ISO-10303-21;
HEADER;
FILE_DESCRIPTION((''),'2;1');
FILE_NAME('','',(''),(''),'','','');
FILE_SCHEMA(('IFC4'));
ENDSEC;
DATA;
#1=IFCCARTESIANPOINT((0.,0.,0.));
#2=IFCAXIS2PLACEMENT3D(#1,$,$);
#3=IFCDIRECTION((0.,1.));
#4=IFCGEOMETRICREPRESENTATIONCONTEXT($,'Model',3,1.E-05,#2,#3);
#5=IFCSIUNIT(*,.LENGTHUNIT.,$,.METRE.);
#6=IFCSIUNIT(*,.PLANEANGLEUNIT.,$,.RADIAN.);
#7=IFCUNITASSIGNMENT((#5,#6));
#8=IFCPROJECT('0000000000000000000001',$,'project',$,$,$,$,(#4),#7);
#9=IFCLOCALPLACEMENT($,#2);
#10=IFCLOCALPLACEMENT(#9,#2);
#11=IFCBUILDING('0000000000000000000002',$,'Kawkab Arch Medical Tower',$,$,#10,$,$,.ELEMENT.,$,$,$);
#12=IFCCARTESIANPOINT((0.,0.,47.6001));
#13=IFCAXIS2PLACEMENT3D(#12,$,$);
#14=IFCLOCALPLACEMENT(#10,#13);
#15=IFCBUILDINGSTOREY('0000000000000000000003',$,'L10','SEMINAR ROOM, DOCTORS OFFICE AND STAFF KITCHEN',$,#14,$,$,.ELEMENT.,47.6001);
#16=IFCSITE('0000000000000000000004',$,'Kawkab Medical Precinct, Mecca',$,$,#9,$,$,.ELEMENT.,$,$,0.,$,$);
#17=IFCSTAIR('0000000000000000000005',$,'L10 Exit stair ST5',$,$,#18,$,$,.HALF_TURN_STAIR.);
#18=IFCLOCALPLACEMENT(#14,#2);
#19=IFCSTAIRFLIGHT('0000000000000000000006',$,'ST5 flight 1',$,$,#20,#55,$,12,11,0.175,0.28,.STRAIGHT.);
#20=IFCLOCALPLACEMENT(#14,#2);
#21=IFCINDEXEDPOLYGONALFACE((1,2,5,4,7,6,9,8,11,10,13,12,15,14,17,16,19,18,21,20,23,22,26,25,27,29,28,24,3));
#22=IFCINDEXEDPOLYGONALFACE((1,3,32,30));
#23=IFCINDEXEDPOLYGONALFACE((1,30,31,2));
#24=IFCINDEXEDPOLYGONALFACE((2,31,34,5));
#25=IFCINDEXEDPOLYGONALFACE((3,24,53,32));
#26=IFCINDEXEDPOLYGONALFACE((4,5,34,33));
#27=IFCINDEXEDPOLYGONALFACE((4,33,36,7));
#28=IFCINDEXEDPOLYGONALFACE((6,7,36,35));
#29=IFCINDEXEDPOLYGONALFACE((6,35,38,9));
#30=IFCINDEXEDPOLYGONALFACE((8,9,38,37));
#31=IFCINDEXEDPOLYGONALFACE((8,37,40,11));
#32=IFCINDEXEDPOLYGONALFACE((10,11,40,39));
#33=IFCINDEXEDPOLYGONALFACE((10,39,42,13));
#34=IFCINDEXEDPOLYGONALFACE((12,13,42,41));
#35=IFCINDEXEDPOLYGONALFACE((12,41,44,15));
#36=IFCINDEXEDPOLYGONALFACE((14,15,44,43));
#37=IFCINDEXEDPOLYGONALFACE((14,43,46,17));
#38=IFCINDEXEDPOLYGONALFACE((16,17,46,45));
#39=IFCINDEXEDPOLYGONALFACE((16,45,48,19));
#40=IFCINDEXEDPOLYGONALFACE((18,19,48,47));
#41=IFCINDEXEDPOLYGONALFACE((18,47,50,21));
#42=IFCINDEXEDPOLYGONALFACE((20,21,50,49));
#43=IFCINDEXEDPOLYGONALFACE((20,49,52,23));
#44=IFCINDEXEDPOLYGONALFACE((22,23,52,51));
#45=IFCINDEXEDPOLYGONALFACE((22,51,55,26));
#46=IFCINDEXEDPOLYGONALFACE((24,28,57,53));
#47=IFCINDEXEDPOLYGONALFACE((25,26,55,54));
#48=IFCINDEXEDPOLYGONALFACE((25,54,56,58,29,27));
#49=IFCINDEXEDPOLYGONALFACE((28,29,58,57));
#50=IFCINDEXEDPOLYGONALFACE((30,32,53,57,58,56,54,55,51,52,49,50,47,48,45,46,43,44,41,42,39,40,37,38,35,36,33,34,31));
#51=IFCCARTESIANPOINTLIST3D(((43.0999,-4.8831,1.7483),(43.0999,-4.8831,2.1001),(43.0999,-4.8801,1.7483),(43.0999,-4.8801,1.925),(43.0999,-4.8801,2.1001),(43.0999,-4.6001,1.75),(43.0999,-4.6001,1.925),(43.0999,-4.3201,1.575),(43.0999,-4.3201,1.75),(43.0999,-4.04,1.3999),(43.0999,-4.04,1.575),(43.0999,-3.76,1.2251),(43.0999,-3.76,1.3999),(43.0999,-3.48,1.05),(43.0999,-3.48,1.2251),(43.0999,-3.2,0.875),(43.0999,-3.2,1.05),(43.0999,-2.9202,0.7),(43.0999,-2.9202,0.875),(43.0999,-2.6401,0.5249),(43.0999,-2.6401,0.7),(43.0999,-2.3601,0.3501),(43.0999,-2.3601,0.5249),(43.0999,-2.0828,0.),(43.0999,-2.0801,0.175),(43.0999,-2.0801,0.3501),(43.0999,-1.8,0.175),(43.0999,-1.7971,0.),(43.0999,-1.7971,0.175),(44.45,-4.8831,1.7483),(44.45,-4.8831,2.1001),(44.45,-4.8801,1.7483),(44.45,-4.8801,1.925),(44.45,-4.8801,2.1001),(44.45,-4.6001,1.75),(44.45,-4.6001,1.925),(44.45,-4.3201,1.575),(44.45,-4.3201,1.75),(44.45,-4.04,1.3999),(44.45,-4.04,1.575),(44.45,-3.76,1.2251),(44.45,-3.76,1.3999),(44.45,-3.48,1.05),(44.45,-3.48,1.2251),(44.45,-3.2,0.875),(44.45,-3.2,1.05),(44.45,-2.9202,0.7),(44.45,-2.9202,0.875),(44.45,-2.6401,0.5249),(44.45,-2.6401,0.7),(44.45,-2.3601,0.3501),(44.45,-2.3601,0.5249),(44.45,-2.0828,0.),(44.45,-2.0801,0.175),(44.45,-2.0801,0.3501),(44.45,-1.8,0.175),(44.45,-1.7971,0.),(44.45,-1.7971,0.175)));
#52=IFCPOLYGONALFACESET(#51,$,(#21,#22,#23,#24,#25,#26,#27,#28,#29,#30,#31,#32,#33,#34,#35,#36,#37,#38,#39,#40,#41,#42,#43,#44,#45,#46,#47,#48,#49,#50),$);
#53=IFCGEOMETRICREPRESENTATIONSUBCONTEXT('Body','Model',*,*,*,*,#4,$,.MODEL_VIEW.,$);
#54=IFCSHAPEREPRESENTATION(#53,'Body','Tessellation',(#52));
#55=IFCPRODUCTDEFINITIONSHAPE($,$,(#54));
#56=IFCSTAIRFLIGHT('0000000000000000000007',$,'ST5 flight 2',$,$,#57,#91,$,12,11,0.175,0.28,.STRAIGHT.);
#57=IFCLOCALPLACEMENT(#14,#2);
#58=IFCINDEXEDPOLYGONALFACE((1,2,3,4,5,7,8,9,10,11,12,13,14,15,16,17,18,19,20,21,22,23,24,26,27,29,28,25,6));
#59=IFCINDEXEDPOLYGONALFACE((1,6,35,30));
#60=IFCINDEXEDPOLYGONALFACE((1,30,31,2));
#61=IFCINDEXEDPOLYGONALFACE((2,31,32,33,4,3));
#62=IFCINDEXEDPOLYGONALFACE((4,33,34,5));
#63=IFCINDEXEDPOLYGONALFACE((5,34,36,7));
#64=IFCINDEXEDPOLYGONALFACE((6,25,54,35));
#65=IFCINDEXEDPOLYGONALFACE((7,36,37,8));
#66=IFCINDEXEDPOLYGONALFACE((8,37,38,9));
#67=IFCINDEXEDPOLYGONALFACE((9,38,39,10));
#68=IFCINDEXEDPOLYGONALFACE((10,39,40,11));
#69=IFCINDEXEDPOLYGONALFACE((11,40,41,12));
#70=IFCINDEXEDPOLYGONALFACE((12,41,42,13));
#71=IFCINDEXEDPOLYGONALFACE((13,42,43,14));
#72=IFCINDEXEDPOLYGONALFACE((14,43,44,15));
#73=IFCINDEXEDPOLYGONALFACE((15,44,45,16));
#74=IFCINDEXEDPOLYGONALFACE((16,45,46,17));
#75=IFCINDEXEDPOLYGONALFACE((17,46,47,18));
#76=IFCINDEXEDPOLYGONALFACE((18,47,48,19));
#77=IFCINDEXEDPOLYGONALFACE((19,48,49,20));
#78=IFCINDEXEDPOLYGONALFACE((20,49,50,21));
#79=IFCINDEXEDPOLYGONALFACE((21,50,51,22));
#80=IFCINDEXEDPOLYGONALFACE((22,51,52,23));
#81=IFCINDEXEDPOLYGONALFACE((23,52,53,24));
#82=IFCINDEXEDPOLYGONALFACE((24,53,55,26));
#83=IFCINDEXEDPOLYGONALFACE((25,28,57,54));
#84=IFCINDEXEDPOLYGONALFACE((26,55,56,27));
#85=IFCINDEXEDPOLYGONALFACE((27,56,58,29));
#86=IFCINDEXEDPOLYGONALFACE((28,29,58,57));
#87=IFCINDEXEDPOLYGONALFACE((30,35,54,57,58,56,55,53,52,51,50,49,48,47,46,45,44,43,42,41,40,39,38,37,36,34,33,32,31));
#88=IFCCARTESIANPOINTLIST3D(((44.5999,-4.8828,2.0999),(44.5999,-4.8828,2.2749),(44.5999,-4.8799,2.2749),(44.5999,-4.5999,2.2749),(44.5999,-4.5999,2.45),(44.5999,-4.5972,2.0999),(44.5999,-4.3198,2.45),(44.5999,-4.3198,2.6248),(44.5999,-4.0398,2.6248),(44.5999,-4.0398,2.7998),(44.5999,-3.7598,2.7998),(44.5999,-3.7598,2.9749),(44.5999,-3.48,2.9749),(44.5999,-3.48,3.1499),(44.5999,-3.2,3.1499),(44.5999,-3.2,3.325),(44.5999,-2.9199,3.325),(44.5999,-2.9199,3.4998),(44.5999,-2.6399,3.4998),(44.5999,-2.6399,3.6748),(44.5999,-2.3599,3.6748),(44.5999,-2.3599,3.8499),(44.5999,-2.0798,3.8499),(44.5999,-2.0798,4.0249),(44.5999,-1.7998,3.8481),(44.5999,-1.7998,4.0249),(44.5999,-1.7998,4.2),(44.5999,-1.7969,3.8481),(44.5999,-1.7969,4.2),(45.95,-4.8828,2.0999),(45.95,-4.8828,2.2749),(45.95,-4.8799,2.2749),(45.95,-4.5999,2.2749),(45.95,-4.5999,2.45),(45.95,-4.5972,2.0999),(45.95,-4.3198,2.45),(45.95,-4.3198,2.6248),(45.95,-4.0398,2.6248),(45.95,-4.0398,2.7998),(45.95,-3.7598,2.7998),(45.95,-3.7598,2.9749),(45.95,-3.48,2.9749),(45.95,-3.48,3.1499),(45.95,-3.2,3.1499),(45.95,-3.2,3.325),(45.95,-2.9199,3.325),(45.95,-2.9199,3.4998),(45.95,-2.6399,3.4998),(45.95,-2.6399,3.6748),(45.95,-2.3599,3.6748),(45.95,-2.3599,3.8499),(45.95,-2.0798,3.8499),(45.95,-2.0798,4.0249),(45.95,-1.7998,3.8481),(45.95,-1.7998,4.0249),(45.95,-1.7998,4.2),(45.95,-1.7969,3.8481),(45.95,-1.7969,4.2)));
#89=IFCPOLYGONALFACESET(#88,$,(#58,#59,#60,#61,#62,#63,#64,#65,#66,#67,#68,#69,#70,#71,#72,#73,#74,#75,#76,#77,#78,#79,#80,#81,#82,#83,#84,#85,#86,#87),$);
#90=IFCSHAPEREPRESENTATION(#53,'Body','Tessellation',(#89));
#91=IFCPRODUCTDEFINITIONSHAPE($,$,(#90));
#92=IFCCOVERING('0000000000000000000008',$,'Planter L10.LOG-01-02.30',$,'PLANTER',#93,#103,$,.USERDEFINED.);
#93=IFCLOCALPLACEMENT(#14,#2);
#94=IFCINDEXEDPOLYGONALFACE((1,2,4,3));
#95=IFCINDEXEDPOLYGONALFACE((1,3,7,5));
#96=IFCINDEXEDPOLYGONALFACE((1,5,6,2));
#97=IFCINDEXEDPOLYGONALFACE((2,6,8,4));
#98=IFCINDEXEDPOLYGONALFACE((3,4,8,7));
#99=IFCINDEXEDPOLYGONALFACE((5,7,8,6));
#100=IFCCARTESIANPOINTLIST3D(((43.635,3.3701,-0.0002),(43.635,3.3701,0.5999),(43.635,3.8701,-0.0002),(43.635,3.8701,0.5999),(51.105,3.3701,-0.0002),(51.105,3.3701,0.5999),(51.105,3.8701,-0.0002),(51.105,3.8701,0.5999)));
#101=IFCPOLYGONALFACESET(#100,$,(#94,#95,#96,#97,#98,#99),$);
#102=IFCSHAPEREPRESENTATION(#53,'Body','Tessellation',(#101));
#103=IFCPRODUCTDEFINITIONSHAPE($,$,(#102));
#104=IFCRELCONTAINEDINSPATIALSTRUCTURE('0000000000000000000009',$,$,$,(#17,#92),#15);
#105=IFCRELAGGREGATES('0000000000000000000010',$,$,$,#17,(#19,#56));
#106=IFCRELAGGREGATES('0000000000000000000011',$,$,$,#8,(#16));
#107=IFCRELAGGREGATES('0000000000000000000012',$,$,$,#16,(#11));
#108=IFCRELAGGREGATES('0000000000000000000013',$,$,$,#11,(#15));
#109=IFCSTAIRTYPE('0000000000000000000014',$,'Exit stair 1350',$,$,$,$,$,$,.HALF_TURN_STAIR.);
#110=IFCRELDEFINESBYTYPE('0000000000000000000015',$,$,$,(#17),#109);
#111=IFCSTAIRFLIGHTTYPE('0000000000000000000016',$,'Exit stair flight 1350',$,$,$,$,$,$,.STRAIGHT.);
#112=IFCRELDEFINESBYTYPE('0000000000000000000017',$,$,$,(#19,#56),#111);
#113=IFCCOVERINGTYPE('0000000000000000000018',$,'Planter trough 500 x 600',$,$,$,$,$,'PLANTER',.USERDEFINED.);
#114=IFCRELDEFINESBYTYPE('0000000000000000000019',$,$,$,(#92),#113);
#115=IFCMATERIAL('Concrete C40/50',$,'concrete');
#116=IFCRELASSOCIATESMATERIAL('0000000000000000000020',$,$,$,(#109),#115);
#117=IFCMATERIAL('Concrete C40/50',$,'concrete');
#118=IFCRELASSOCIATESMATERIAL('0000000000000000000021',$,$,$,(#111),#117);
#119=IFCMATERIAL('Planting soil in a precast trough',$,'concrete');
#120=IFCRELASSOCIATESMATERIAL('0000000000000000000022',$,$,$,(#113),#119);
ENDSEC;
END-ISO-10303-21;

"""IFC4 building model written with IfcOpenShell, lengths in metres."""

from ifc_helpers import new_model, si_unit, direction, frame, origin, origin_2d, place, context, subcontext, project, spatial, polyline, rectangle, outline, extrude, material, material_profile, profile_set, type_object, element, aggregate, save


model = new_model("IFC4")

# Units and contexts
model_context = context("Model", 3, precision=1e-05, world=origin(), true_north=direction((0.0, 1.0)))
body_context = subcontext(model_context, "Body", "Model", "MODEL_VIEW")
ifc_project = project(units=[si_unit("LENGTHUNIT", "METRE"), si_unit("PLANEANGLEUNIT", "RADIAN")], contexts=[model_context])

# Site, building, storey
site_placement = place(None, origin())
site = spatial("IfcSite", under=ifc_project, at=site_placement, Name="Kawkab Medical Precinct, Mecca", CompositionType="ELEMENT", RefElevation=0.0)
building_placement = place(site_placement, origin())
building = spatial("IfcBuilding", under=site, at=building_placement, Name="Kawkab Arch Medical Tower", CompositionType="ELEMENT")
storey_placement = place(building_placement, frame((0.0, 0.0, 47.6001)))
storey = spatial("IfcBuildingStorey", under=building, at=storey_placement, Name="L10", Description="SEMINAR ROOM, DOCTORS OFFICE AND STAFF KITCHEN", CompositionType="ELEMENT", Elevation=47.6001)

# Shared definitions
placement = place(storey_placement, origin())

# Stair, stair flights
ifc_material_1 = material(Name="Concrete C40/50", Category="concrete")
stair_type = type_object("IfcStairType", Name="Exit stair 1350", PredefinedType="HALF_TURN_STAIR", material=ifc_material_1)
stair = element("IfcStair", 1, at=placement, inside=storey, type_object=stair_type, Name="L10 Exit stair ST5", PredefinedType="HALF_TURN_STAIR")
ifc_material_2 = material(Name="Concrete C40/50", Category="concrete")
stair_flight_type = type_object("IfcStairFlightType", Name="Exit stair flight 1350", PredefinedType="STRAIGHT", material=ifc_material_2)
stair_flight_1_placement = place(storey_placement, frame((43.7749, -1.8, 0.0), z_axis=(0.0, 0.0, 1.0), x_axis=(0.0, -1.0, 0.0)))
stair_flight_1 = element("IfcStairFlight", 2, at=stair_flight_1_placement, type_object=stair_flight_type, Name="ST5 flight 1", NumberOfRisers=12, NumberOfTreads=11, PredefinedType="STRAIGHT", RiserHeight=0.175, TreadLength=0.28, context=body_context, shape_type="SweptSolid", body=[
    extrude(outline(polyline([(-0.0029, 0.0), (-0.0029, 0.175), (0.0, 0.175), (0.28, 0.175), (0.28, 0.3501), (0.5601, 0.3501), (0.5601, 0.5249), (0.8401, 0.5249), (0.8401, 0.7), (1.1201, 0.7), (1.1201, 0.875), (1.3999, 0.875), (1.3999, 1.05), (1.6799, 1.05), (1.6799, 1.2251), (1.96, 1.2251), (1.96, 1.3999), (2.24, 1.3999), (2.24, 1.575), (2.52, 1.575), (2.52, 1.75), (2.8, 1.75), (2.8, 1.925), (3.0801, 1.925), (3.0801, 2.1001), (3.083, 2.1001), (3.083, 1.7483), (3.0801, 1.7483), (0.2827, 0.0), (-0.0029, 0.0)])), frame((0.0, 0.675, 0.0), z_axis=(0.0, -1.0, 0.0), x_axis=(1.0, 0.0, 0.0)), (0.0, 0.0, 1.0), 1.3501),
])
stair_flight_2_placement = place(storey_placement, frame((45.2749, -4.8799, 2.0999), z_axis=(0.0, 0.0, 1.0), x_axis=(0.0, 1.0, 0.0)))
stair_flight_2 = element("IfcStairFlight", 3, at=stair_flight_2_placement, type_object=stair_flight_type, Name="ST5 flight 2", NumberOfRisers=12, NumberOfTreads=11, PredefinedType="STRAIGHT", RiserHeight=0.175, TreadLength=0.28, context=body_context, shape_type="SweptSolid", body=[
    extrude(outline(polyline([(-0.0029, 0.0), (-0.0029, 0.175), (0.0, 0.175), (0.28, 0.175), (0.28, 0.3501), (0.5601, 0.3501), (0.5601, 0.5249), (0.8401, 0.5249), (0.8401, 0.7), (1.1201, 0.7), (1.1201, 0.875), (1.3999, 0.875), (1.3999, 1.05), (1.6799, 1.05), (1.6799, 1.2251), (1.96, 1.2251), (1.96, 1.3999), (2.24, 1.3999), (2.24, 1.575), (2.52, 1.575), (2.52, 1.75), (2.8, 1.75), (2.8, 1.925), (3.0801, 1.925), (3.0801, 2.1001), (3.083, 2.1001), (3.083, 1.7483), (3.0801, 1.7483), (0.2827, 0.0), (-0.0029, 0.0)])), frame((0.0, 0.675, 0.0), z_axis=(0.0, -1.0, 0.0), x_axis=(1.0, 0.0, 0.0)), (0.0, 0.0, 1.0), 1.3501),
])
aggregate(stair, [stair_flight_1, stair_flight_2])

# Covering
ifc_material_3 = material(Name="Planting soil in a precast trough", Category="concrete")
ifc_material_profile_1 = material_profile(ifc_material_3, rectangle(XDim=0.5, YDim=0.6001, at=origin_2d()), Name="Trough 500x600")
ifc_profile_set_1 = profile_set([ifc_material_profile_1], Name="Planting soil in a precast trough")
covering_type = type_object("IfcCoveringType", Name="Planter trough 500 x 600", ElementType="PLANTER", PredefinedType="USERDEFINED", material=ifc_profile_set_1)
covering_placement = place(storey_placement, frame((43.635, 3.6201, 0.2998), z_axis=(1.0, 0.0, 0.0), x_axis=(0.0, 1.0, 0.0)))
element("IfcCovering", 4, at=covering_placement, inside=storey, type_object=covering_type, Name="Planter L10.LOG-01-02.30", ObjectType="PLANTER", PredefinedType="USERDEFINED", context=body_context, shape_type="SweptSolid", body=[
    extrude(rectangle(XDim=0.5, YDim=0.6001, at=origin_2d()), origin(), (0.0, 0.0, 1.0), 7.47),
])

save(model, "model.ifc")
